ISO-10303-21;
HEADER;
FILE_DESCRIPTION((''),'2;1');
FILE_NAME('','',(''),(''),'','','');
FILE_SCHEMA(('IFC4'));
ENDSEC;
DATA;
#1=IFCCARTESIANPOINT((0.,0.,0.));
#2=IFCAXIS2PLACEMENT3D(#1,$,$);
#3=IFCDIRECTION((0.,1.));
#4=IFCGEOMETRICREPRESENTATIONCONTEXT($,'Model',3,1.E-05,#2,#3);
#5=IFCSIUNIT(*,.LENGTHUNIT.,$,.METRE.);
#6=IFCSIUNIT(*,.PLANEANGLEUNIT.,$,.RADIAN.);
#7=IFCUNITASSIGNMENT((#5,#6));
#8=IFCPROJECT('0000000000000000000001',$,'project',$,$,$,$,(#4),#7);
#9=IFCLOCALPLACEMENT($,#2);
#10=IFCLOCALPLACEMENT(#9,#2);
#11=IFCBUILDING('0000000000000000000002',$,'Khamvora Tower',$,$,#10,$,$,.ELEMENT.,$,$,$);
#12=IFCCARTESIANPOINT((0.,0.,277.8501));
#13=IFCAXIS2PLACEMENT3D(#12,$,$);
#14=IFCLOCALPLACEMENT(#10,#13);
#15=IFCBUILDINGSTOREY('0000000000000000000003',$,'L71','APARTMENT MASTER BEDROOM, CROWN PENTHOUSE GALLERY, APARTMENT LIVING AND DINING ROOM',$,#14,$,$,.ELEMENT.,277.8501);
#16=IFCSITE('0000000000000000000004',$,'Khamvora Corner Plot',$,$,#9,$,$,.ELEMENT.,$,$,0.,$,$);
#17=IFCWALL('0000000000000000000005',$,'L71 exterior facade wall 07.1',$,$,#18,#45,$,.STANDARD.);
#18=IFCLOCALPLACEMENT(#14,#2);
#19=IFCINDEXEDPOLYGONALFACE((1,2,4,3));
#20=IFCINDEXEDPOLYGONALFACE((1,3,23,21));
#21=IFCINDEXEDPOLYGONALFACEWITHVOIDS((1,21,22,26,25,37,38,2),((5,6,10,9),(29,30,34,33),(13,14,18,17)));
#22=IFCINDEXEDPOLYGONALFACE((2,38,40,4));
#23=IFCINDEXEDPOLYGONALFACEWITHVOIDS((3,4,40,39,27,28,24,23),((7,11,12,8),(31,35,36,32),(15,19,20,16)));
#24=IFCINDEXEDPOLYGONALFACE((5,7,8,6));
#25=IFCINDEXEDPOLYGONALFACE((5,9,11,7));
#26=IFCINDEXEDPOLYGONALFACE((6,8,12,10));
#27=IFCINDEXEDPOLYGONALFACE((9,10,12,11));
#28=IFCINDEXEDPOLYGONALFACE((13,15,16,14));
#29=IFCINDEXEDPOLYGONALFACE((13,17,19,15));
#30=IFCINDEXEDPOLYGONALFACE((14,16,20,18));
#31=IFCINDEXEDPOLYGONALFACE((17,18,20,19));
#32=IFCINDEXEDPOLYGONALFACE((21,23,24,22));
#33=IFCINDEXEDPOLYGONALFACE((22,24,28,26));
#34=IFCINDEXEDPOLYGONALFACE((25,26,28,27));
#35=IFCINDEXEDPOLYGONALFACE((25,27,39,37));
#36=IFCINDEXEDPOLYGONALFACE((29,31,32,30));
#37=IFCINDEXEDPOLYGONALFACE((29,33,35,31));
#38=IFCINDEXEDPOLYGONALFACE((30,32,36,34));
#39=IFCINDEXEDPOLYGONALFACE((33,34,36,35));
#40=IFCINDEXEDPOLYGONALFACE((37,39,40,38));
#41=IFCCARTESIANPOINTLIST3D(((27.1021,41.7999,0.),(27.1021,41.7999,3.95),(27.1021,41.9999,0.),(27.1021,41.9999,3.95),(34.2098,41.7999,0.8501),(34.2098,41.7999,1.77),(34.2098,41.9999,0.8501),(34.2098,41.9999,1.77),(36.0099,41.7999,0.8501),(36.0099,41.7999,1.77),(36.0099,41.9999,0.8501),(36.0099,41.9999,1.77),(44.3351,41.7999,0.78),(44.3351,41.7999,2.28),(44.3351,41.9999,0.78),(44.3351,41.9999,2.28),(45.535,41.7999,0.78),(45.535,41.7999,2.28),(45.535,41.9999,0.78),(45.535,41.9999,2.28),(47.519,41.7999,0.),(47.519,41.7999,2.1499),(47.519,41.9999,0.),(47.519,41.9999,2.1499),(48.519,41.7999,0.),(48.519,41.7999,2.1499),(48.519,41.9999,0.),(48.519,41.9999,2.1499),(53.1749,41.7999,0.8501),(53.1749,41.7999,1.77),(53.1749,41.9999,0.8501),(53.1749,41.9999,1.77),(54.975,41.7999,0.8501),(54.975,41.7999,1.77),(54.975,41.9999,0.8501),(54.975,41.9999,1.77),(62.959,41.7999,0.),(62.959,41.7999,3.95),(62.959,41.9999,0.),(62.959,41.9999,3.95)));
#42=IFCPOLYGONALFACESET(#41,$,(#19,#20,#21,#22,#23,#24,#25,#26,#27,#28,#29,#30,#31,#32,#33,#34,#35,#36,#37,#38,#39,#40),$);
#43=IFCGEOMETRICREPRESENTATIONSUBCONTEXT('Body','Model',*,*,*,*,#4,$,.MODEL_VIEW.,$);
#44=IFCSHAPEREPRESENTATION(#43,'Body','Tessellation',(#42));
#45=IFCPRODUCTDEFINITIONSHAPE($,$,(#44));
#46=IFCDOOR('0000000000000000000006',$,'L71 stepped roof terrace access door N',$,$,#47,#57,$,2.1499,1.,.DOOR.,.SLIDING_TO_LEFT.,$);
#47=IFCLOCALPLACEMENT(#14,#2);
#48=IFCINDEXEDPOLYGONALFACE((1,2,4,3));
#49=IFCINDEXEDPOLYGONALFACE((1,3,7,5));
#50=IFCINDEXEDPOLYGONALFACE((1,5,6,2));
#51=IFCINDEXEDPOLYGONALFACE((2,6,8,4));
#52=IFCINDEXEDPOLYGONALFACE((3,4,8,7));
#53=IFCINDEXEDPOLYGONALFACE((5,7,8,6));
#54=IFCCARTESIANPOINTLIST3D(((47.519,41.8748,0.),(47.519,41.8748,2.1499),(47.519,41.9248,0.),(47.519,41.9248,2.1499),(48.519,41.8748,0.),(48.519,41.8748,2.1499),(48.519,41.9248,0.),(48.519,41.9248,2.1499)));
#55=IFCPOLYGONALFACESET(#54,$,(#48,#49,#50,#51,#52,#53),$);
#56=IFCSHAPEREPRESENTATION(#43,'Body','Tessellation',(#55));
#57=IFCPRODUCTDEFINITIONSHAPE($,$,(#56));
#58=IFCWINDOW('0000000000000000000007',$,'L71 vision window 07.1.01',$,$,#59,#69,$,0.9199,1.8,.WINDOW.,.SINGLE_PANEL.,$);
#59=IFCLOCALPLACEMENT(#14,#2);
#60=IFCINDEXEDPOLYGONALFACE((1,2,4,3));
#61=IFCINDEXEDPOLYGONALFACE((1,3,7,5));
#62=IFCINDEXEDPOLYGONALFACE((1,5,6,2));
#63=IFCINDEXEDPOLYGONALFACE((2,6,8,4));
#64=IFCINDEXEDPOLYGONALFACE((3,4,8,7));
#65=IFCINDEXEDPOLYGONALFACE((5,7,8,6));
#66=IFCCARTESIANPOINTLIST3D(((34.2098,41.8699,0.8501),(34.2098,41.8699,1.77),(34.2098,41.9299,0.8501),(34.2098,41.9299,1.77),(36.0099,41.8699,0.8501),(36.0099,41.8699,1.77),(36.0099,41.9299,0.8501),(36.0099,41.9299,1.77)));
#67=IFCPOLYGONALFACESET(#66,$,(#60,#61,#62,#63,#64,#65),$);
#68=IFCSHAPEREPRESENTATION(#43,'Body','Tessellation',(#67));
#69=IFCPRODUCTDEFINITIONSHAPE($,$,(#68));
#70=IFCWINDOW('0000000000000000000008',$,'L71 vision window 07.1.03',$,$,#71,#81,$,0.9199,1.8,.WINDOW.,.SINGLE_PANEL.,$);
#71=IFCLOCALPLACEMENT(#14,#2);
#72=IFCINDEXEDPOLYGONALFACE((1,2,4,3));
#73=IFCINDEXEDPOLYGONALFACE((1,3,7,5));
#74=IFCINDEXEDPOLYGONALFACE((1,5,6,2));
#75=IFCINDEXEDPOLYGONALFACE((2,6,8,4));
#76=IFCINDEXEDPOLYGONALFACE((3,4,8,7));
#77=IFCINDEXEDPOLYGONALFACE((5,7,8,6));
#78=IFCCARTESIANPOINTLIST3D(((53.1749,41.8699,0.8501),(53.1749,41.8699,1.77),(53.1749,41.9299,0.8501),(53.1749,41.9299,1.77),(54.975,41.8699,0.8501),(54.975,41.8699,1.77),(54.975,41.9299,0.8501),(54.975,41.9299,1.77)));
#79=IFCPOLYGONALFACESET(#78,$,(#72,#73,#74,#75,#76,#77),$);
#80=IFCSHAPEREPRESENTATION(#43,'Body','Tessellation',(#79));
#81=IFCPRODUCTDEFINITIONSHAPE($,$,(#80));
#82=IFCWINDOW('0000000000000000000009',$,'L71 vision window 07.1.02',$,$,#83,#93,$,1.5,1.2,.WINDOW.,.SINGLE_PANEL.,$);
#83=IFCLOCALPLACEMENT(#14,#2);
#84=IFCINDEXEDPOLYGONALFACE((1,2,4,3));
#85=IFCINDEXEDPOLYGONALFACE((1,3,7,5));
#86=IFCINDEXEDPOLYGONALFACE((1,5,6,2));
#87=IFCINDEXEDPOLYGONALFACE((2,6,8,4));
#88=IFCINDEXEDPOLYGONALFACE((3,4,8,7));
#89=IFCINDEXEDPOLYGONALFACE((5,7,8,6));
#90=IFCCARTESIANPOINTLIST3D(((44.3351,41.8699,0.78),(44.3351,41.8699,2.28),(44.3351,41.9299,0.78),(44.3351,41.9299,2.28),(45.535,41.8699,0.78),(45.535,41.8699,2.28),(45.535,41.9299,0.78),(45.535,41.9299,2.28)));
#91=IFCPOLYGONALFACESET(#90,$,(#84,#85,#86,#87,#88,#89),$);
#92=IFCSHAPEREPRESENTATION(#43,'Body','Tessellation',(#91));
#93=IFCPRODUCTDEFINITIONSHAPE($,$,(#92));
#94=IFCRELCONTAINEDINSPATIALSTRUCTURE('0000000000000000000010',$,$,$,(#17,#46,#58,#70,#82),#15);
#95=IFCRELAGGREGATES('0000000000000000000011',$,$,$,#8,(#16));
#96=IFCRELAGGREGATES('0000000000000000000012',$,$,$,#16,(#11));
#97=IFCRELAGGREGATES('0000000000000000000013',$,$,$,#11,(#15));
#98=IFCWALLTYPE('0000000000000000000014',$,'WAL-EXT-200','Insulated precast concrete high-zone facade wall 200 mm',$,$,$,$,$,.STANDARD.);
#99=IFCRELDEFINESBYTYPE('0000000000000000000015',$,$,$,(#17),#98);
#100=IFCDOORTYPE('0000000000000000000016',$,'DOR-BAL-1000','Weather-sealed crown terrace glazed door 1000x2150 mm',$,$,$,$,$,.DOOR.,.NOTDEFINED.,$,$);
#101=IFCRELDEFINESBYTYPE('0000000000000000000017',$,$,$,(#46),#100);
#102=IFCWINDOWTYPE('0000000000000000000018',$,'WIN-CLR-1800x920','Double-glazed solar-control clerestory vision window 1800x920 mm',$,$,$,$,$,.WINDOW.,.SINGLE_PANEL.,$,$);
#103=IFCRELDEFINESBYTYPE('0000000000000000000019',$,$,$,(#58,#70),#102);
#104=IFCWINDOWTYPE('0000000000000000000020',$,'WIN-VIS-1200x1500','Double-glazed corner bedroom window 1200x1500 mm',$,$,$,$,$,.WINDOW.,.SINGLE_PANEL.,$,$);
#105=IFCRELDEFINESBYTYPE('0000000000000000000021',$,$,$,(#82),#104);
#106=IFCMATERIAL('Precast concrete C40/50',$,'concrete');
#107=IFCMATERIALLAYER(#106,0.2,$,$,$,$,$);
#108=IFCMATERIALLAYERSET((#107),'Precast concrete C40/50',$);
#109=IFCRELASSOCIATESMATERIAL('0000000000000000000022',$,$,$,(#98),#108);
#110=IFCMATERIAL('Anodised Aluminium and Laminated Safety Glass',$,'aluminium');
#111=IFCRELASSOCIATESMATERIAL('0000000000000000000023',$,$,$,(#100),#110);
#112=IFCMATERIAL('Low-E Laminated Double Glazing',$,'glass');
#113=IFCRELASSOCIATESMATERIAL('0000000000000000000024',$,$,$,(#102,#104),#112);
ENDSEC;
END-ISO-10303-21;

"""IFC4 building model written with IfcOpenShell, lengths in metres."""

from ifc_helpers import new_model, si_unit, direction, frame, frame_2d, origin, place, context, subcontext, project, spatial, rectangle, extrude, material, layer, layer_set, type_object, element, fill, save


model = new_model("IFC4")

# Units and contexts
model_context = context("Model", 3, precision=1e-05, world=origin(), true_north=direction((0.0, 1.0)))
body_context = subcontext(model_context, "Body", "Model", "MODEL_VIEW")
ifc_project = project(units=[si_unit("LENGTHUNIT", "METRE"), si_unit("PLANEANGLEUNIT", "RADIAN")], contexts=[model_context])

# Site, building, storey
site_placement = place(None, origin())
site = spatial("IfcSite", under=ifc_project, at=site_placement, Name="Khamvora Corner Plot", CompositionType="ELEMENT", RefElevation=0.0)
building_placement = place(site_placement, origin())
building = spatial("IfcBuilding", under=site, at=building_placement, Name="Khamvora Tower", CompositionType="ELEMENT")
storey_placement = place(building_placement, frame((0.0, 0.0, 277.8501)))
storey = spatial("IfcBuildingStorey", under=building, at=storey_placement, Name="L71", Description="APARTMENT MASTER BEDROOM, CROWN PENTHOUSE GALLERY, APARTMENT LIVING AND DINING ROOM", CompositionType="ELEMENT", Elevation=277.8501)

# Shared definitions
ifc_material_1 = material(Name="Precast concrete C40/50", Category="concrete")
ifc_layer_1 = layer(ifc_material_1, 0.2)
ifc_layer_set_1 = layer_set([ifc_layer_1], Name="Precast concrete C40/50")
wall_type_1 = type_object("IfcWallType", Name="WAL-EXT-200", Description="Insulated precast concrete high-zone facade wall 200 mm", PredefinedType="STANDARD", material=ifc_layer_set_1)

# Wall, openings, door, windows
wall_1_placement = place(storey_placement, frame((27.1021, 41.8999, 0.0), z_axis=(0.0, 0.0, 1.0), x_axis=(1.0, 0.0, 0.0)))
wall_1 = element("IfcWall", 1, at=wall_1_placement, inside=storey, type_object=wall_type_1, Name="L71 exterior facade wall 07.1", PredefinedType="STANDARD", context=body_context, shape_type="SweptSolid", body=[
    extrude(rectangle(XDim=35.8569, YDim=0.2, at=frame_2d((17.9285, 0.0))), origin(), (0.0, 0.0, 1.0), 3.95),
])
opening_1_placement = place(wall_1_placement, frame((20.417, 0.0, 0.0)))
opening_1 = element("IfcOpeningElement", 2, at=opening_1_placement, cuts=wall_1, PredefinedType="OPENING", context=body_context, shape_type="SweptSolid", body=[
    extrude(rectangle(XDim=1.0, YDim=2.1499, at=frame_2d((0.5, 1.075))), frame((0.0, 0.1099, 0.0), z_axis=(0.0, -1.0, 0.0), x_axis=(1.0, 0.0, 0.0)), (0.0, 0.0, 1.0), 0.22),
])
opening_2_placement = place(wall_1_placement, frame((7.1079, 0.0, 0.8501)))
opening_2 = element("IfcOpeningElement", 3, at=opening_2_placement, cuts=wall_1, PredefinedType="OPENING", context=body_context, shape_type="SweptSolid", body=[
    extrude(rectangle(XDim=1.8, YDim=0.9199, at=frame_2d((0.8999, 0.46))), frame((0.0, 0.1099, 0.0), z_axis=(0.0, -1.0, 0.0), x_axis=(1.0, 0.0, 0.0)), (0.0, 0.0, 1.0), 0.22),
])
opening_3_placement = place(wall_1_placement, frame((17.2329, 0.0, 0.78)))
opening_3 = element("IfcOpeningElement", 4, at=opening_3_placement, cuts=wall_1, PredefinedType="OPENING", context=body_context, shape_type="SweptSolid", body=[
    extrude(rectangle(XDim=1.2, YDim=1.5, at=frame_2d((0.6001, 0.75))), frame((0.0, 0.1099, 0.0), z_axis=(0.0, -1.0, 0.0), x_axis=(1.0, 0.0, 0.0)), (0.0, 0.0, 1.0), 0.22),
])
opening_4_placement = place(wall_1_placement, frame((26.073, 0.0, 0.8501)))
opening_4 = element("IfcOpeningElement", 5, at=opening_4_placement, cuts=wall_1, PredefinedType="OPENING", context=body_context, shape_type="SweptSolid", body=[
    extrude(rectangle(XDim=1.8, YDim=0.9199, at=frame_2d((0.8999, 0.46))), frame((0.0, 0.1099, 0.0), z_axis=(0.0, -1.0, 0.0), x_axis=(1.0, 0.0, 0.0)), (0.0, 0.0, 1.0), 0.22),
])
ifc_material_2 = material(Name="Anodised Aluminium and Laminated Safety Glass", Category="aluminium")
door_type_1 = type_object("IfcDoorType", Name="DOR-BAL-1000", Description="Weather-sealed crown terrace glazed door 1000x2150 mm", OperationType="NOTDEFINED", PredefinedType="DOOR", material=ifc_material_2)
door_1_placement = place(opening_1_placement, origin())
door_1 = element("IfcDoor", 6, at=door_1_placement, inside=storey, type_object=door_type_1, Name="L71 stepped roof terrace access door N", OperationType="SLIDING_TO_LEFT", OverallHeight=2.1499, OverallWidth=1.0, PredefinedType="DOOR", context=body_context, shape_type="SweptSolid", body=[
    extrude(rectangle(XDim=1.0, YDim=2.1499, at=frame_2d((0.5, 1.075))), frame((0.0, 0.0249, 0.0), z_axis=(0.0, -1.0, 0.0), x_axis=(1.0, 0.0, 0.0)), (0.0, 0.0, 1.0), 0.05),
])
fill(opening_1, door_1)
ifc_material_3 = material(Name="Low-E Laminated Double Glazing", Category="glass")
window_type_1 = type_object("IfcWindowType", Name="WIN-CLR-1800x920", Description="Double-glazed solar-control clerestory vision window 1800x920 mm", PartitioningType="SINGLE_PANEL", PredefinedType="WINDOW", material=ifc_material_3)
window_1_placement = place(opening_2_placement, origin())
window_1 = element("IfcWindow", 7, at=window_1_placement, inside=storey, type_object=window_type_1, Name="L71 vision window 07.1.01", OverallHeight=0.9199, OverallWidth=1.8, PartitioningType="SINGLE_PANEL", PredefinedType="WINDOW", context=body_context, shape_type="SweptSolid", body=[
    extrude(rectangle(XDim=1.8, YDim=0.9199, at=frame_2d((0.8999, 0.46))), frame((0.0, 0.03, 0.0), z_axis=(0.0, -1.0, 0.0), x_axis=(1.0, 0.0, 0.0)), (0.0, 0.0, 1.0), 0.0601),
])
fill(opening_2, window_1)
window_2_placement = place(opening_4_placement, origin())
window_2 = element("IfcWindow", 8, at=window_2_placement, inside=storey, type_object=window_type_1, Name="L71 vision window 07.1.03", OverallHeight=0.9199, OverallWidth=1.8, PartitioningType="SINGLE_PANEL", PredefinedType="WINDOW", context=body_context, shape_type="SweptSolid", body=[
    extrude(rectangle(XDim=1.8, YDim=0.9199, at=frame_2d((0.8999, 0.46))), frame((0.0, 0.03, 0.0), z_axis=(0.0, -1.0, 0.0), x_axis=(1.0, 0.0, 0.0)), (0.0, 0.0, 1.0), 0.0601),
])
fill(opening_4, window_2)
window_type_2 = type_object("IfcWindowType", Name="WIN-VIS-1200x1500", Description="Double-glazed corner bedroom window 1200x1500 mm", PartitioningType="SINGLE_PANEL", PredefinedType="WINDOW", material=ifc_material_3)
window_3_placement = place(opening_3_placement, origin())
window_3 = element("IfcWindow", 9, at=window_3_placement, inside=storey, type_object=window_type_2, Name="L71 vision window 07.1.02", OverallHeight=1.5, OverallWidth=1.2, PartitioningType="SINGLE_PANEL", PredefinedType="WINDOW", context=body_context, shape_type="SweptSolid", body=[
    extrude(rectangle(XDim=1.2, YDim=1.5, at=frame_2d((0.6001, 0.75))), frame((0.0, 0.03, 0.0), z_axis=(0.0, -1.0, 0.0), x_axis=(1.0, 0.0, 0.0)), (0.0, 0.0, 1.0), 0.0601),
])
fill(opening_3, window_3)

save(model, "model.ifc")
